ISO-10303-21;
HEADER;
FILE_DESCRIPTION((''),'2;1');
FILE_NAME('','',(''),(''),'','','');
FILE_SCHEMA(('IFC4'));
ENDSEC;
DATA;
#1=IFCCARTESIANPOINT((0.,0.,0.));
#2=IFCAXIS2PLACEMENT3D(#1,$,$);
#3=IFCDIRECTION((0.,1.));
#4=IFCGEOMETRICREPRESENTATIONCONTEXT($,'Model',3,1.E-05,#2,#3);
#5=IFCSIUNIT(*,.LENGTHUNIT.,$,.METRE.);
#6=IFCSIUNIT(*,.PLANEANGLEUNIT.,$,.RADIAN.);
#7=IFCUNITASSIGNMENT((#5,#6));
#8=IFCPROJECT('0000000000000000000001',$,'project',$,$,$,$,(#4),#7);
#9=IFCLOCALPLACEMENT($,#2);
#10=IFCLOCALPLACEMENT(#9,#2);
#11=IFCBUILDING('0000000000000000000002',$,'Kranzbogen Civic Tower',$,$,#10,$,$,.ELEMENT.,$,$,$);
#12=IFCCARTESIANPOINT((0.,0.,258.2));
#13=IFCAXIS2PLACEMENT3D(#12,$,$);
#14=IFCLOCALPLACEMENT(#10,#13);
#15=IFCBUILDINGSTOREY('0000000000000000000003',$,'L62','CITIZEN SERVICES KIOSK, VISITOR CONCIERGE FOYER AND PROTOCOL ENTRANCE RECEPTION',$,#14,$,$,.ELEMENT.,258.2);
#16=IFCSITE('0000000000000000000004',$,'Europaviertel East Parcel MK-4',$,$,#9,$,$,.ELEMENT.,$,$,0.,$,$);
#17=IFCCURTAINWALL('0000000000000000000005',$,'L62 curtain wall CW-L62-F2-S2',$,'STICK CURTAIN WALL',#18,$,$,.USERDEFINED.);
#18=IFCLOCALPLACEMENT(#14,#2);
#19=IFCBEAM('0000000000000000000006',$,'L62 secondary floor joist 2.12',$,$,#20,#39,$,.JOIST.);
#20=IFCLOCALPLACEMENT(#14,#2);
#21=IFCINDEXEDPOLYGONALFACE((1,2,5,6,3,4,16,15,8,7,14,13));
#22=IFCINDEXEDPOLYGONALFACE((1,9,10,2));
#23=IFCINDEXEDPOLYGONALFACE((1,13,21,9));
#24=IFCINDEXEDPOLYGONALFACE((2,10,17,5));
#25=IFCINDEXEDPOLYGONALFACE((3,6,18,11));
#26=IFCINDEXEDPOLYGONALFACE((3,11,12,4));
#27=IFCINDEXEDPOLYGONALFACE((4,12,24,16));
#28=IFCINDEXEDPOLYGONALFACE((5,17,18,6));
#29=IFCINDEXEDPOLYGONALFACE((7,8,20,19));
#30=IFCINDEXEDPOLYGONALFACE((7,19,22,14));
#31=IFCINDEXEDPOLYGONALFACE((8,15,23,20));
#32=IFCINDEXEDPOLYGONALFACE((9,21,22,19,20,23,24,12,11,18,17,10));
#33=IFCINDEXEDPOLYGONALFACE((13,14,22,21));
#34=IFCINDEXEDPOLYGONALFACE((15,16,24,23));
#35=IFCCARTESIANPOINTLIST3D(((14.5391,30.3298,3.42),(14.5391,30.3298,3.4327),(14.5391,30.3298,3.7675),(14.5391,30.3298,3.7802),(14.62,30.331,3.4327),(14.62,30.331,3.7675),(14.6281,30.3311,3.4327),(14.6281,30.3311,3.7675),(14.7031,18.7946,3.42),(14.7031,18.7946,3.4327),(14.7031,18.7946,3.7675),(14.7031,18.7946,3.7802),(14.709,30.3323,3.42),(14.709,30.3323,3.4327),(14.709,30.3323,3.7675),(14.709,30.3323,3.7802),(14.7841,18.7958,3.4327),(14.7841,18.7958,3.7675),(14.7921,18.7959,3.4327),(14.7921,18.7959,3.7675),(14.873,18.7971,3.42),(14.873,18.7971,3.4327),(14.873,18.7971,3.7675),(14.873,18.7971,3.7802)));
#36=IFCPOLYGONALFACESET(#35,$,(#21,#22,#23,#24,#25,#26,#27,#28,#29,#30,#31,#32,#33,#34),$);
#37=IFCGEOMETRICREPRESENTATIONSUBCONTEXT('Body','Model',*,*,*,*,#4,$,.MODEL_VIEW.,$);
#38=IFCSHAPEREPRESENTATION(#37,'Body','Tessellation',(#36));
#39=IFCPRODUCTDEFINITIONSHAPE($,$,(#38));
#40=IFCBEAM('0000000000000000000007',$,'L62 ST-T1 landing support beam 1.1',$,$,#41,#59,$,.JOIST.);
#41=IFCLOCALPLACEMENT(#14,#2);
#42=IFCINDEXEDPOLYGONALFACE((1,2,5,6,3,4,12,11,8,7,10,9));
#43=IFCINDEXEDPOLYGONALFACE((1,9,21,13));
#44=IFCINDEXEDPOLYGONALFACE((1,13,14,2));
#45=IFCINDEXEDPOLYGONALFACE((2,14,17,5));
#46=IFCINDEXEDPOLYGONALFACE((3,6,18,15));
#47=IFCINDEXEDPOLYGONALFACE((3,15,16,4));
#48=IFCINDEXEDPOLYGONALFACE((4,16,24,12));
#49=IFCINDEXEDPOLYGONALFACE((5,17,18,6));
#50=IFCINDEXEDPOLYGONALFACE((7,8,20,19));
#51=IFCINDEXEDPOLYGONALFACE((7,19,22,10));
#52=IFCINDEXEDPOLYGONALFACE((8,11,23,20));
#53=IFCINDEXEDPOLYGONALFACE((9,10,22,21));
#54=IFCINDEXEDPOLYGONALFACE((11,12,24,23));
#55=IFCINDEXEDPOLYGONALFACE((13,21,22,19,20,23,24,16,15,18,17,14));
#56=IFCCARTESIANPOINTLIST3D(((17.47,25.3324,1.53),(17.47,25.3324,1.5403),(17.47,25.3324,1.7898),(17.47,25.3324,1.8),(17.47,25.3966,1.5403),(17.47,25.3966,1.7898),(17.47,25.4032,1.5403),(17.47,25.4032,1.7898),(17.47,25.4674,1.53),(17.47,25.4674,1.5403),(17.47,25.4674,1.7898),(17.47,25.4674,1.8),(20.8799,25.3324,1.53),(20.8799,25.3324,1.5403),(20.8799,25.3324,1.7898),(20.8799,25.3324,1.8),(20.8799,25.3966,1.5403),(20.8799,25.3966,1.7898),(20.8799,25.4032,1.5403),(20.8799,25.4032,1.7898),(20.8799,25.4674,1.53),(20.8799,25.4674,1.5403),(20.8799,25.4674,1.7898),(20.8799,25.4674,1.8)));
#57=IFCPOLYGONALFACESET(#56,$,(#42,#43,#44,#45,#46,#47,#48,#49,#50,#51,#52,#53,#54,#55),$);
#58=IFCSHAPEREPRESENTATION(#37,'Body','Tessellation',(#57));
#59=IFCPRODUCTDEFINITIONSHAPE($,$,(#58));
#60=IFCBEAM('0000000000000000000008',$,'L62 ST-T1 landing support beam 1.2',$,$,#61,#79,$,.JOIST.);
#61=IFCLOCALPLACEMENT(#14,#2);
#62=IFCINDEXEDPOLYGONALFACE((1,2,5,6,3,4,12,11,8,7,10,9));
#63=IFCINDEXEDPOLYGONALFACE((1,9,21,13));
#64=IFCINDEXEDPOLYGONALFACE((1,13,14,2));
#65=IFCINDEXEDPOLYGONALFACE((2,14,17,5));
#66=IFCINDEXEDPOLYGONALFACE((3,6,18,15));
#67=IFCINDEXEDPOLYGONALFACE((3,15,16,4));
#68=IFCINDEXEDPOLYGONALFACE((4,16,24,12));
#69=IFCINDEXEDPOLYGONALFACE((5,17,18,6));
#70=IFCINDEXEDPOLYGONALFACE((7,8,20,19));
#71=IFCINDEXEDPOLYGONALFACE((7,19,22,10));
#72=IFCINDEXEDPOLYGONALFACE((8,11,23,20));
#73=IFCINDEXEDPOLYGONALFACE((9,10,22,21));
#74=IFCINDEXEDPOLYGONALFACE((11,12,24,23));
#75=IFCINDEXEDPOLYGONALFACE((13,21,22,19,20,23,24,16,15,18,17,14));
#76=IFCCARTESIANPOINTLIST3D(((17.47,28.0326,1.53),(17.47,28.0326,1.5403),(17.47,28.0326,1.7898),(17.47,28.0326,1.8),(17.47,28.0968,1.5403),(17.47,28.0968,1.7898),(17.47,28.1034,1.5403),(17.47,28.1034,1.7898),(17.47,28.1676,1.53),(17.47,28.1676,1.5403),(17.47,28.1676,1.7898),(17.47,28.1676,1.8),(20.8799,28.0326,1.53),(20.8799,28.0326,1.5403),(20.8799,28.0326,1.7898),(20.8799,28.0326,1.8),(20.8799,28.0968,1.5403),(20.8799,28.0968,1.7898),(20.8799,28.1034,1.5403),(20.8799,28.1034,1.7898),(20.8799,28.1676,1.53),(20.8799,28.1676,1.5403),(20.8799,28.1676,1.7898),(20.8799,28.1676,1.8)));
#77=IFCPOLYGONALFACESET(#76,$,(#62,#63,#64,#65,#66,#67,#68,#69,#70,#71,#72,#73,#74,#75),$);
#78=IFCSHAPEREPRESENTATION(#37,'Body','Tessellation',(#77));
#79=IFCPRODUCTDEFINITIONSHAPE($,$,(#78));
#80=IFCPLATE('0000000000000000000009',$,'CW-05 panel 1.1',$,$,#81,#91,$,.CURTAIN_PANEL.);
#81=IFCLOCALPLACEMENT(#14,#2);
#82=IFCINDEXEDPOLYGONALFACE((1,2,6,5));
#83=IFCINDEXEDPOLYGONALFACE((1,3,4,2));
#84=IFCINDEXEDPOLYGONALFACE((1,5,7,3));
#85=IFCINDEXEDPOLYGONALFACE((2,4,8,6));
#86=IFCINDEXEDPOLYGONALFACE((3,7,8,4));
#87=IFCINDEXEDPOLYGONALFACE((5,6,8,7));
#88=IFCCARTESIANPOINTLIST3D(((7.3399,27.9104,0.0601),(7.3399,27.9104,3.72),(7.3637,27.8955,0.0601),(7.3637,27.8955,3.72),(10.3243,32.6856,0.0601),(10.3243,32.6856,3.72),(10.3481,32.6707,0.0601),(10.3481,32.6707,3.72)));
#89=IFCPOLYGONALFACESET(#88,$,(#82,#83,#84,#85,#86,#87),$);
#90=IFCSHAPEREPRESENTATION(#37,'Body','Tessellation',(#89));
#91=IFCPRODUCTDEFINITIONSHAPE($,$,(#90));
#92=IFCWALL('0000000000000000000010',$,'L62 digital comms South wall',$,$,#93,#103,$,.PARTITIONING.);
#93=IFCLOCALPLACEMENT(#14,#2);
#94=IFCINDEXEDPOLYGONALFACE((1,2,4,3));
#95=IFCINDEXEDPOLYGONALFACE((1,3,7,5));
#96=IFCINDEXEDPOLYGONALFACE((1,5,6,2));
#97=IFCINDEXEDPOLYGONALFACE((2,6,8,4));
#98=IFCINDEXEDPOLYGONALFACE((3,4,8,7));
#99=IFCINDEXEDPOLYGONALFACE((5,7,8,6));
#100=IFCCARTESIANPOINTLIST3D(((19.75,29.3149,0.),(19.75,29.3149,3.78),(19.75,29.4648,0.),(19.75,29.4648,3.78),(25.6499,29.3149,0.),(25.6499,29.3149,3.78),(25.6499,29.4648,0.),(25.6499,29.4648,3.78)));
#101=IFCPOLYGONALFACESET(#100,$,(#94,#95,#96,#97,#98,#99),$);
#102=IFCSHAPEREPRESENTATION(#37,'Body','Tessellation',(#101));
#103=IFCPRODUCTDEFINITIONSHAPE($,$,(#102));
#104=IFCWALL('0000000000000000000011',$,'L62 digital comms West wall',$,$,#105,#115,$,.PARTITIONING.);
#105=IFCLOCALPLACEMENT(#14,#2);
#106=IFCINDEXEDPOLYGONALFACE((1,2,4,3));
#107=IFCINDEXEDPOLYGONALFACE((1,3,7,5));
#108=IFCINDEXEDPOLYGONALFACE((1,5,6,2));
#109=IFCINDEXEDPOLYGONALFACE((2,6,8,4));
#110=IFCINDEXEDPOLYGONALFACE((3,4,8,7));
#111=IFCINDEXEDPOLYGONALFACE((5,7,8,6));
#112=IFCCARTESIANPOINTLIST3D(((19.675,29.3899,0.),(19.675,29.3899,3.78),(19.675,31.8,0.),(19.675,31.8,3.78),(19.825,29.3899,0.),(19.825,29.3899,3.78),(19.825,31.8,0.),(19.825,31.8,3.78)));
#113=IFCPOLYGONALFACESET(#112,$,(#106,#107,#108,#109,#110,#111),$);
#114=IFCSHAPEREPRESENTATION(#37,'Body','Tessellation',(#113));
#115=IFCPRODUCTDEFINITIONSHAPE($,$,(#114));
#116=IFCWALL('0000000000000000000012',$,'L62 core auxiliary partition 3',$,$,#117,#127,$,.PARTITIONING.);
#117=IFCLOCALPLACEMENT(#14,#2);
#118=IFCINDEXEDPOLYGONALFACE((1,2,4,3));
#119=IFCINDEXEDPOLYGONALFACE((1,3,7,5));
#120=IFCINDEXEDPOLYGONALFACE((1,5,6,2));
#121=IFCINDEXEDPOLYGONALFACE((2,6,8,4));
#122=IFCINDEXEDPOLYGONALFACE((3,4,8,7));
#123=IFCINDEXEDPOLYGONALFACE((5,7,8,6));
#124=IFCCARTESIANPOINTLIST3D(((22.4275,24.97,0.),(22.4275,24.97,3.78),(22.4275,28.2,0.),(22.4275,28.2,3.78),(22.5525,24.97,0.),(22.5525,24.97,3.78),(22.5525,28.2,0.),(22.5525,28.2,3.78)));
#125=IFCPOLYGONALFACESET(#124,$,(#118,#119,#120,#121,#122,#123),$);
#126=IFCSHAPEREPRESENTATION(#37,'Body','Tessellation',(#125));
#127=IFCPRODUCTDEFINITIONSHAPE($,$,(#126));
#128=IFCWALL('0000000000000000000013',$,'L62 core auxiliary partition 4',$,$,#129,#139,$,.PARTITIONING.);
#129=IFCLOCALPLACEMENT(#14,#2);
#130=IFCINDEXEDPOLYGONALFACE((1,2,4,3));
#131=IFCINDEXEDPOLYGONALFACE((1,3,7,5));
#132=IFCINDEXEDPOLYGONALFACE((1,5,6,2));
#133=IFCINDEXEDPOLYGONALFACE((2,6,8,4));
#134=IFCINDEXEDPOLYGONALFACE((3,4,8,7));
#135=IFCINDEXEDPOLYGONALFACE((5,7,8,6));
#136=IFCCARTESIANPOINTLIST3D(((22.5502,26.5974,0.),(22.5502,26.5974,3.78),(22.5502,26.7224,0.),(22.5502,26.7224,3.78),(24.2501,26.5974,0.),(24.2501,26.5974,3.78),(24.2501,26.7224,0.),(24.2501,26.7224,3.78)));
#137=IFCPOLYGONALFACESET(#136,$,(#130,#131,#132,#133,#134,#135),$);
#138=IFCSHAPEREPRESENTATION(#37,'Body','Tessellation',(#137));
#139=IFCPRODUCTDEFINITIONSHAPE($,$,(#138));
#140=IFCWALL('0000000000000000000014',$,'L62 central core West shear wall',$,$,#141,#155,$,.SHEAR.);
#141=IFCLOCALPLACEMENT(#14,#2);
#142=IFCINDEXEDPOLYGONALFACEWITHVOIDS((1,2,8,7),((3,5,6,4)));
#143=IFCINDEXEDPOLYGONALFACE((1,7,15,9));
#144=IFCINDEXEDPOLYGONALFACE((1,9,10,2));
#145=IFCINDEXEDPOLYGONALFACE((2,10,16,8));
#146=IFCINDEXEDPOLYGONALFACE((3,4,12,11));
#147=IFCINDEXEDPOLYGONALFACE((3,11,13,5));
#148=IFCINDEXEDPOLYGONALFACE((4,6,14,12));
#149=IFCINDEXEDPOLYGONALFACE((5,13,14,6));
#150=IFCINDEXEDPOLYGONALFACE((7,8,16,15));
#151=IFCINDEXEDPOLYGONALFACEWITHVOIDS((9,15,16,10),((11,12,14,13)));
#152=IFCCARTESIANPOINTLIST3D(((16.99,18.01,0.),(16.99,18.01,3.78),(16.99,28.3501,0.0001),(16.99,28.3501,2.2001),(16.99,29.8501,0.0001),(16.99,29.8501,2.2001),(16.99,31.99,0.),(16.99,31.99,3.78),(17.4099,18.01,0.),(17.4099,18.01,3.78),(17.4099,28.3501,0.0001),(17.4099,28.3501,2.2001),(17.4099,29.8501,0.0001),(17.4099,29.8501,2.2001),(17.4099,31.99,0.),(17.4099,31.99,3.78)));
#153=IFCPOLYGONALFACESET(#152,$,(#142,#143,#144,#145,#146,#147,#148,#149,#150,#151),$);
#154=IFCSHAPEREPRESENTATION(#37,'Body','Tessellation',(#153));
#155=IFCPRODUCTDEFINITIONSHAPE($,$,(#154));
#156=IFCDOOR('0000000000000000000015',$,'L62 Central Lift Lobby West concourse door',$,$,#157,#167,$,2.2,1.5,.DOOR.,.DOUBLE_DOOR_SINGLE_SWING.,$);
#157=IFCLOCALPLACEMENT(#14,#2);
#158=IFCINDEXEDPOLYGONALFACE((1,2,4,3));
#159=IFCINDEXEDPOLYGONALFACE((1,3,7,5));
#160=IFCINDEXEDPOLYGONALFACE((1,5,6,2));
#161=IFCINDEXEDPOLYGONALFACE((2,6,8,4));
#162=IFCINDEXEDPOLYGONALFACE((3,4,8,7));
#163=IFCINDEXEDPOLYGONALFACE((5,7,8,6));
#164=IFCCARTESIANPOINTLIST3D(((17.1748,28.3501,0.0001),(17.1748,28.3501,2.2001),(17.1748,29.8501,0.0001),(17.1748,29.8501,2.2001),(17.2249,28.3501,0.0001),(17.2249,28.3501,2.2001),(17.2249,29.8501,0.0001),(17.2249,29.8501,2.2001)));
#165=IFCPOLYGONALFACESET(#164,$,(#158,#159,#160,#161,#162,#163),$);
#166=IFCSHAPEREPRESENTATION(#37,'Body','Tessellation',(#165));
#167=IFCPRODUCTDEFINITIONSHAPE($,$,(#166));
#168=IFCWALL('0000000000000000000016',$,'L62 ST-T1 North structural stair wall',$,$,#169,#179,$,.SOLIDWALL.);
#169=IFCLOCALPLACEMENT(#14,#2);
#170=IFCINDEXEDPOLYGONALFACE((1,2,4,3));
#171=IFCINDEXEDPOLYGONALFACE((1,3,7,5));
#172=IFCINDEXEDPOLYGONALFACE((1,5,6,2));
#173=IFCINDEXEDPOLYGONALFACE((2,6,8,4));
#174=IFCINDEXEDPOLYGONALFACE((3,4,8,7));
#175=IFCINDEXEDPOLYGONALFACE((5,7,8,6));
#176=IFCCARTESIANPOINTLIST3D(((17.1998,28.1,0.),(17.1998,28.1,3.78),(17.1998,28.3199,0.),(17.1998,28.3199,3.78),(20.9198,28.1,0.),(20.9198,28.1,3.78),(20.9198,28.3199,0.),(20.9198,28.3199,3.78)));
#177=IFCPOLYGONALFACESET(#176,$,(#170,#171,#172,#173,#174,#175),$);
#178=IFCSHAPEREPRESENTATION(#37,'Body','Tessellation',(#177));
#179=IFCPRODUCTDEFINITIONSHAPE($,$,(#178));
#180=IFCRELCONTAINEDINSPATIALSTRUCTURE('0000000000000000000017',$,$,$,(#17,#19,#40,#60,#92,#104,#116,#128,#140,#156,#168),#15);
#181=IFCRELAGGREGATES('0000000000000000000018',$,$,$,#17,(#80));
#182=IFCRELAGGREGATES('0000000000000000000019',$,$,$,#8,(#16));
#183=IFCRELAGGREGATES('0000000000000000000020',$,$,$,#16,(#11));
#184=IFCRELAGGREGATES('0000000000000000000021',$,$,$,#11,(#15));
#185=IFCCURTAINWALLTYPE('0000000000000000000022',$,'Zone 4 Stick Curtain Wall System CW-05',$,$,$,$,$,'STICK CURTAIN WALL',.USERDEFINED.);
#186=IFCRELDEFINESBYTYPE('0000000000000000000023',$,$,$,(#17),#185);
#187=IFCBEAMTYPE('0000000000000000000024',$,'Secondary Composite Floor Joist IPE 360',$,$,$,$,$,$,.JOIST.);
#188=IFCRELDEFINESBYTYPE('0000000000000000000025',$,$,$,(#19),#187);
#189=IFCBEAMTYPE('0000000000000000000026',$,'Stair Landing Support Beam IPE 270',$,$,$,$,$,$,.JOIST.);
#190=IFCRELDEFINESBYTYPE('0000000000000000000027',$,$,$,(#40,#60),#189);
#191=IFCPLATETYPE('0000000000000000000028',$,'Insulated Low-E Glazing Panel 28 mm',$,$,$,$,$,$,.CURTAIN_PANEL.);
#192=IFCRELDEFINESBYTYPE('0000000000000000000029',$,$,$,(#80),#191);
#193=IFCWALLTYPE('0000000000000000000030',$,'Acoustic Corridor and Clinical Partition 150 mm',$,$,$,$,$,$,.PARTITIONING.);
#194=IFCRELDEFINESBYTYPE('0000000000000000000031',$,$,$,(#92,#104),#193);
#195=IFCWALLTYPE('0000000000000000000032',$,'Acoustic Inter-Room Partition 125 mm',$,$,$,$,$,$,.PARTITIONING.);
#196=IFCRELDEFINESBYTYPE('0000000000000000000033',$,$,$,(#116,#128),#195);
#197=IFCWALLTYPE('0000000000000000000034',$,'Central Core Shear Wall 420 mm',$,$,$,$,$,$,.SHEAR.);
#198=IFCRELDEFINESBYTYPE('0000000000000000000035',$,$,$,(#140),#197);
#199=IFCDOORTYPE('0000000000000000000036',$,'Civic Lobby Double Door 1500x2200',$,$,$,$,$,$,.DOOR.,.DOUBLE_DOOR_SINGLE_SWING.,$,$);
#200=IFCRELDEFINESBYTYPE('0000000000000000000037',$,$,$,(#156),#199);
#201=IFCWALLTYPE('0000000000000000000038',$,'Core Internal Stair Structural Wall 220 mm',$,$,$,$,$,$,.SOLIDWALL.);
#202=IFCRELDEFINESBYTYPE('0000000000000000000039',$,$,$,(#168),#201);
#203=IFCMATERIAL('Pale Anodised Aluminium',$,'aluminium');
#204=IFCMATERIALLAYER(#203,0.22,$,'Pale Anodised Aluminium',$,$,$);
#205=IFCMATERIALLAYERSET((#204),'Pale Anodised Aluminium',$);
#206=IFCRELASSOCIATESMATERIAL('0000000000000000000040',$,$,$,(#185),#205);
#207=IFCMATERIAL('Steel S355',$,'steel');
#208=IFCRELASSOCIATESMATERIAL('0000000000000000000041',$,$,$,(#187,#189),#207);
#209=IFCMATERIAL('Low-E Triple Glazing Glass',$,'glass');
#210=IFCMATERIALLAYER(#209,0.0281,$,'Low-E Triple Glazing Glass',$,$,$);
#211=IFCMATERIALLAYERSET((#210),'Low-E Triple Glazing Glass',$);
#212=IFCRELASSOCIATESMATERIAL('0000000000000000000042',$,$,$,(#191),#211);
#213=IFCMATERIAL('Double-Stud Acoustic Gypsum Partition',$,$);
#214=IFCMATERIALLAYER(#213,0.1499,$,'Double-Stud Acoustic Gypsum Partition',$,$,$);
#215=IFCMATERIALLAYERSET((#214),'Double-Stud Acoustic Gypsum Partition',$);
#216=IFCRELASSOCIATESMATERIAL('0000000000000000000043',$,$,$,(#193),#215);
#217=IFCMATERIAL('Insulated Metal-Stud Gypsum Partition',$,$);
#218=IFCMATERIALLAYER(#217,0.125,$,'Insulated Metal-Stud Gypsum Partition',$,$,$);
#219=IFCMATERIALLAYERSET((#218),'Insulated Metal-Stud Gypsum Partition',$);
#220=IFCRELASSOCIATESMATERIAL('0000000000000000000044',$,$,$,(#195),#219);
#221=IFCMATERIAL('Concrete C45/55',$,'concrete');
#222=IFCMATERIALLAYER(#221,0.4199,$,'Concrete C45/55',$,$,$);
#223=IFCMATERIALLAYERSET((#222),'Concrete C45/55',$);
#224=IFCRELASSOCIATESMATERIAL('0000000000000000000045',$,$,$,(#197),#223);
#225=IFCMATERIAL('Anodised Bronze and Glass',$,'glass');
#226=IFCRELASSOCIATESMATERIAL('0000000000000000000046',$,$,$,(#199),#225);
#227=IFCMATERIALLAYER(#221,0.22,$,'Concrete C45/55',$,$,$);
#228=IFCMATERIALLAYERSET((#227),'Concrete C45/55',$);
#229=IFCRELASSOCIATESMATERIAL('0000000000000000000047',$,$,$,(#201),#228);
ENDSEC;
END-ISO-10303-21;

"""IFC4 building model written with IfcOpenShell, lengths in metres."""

from ifc_helpers import new_model, si_unit, direction, frame, frame_2d, origin, origin_2d, place, context, subcontext, project, spatial, rectangle, i_section, extrude, material, layer, layer_set, material_profile, profile_set, type_object, element, fill, aggregate, save


model = new_model("IFC4")

# Units and contexts
model_context = context("Model", 3, precision=1e-05, world=origin(), true_north=direction((0.0, 1.0)))
body_context = subcontext(model_context, "Body", "Model", "MODEL_VIEW")
ifc_project = project(units=[si_unit("LENGTHUNIT", "METRE"), si_unit("PLANEANGLEUNIT", "RADIAN")], contexts=[model_context])

# Site, building, storey
site_placement = place(None, origin())
site = spatial("IfcSite", under=ifc_project, at=site_placement, Name="Europaviertel East Parcel MK-4", CompositionType="ELEMENT", RefElevation=0.0)
building_placement = place(site_placement, origin())
building = spatial("IfcBuilding", under=site, at=building_placement, Name="Kranzbogen Civic Tower", CompositionType="ELEMENT")
storey_placement = place(building_placement, frame((0.0, 0.0, 258.2)))
storey = spatial("IfcBuildingStorey", under=building, at=storey_placement, Name="L62", Description="CITIZEN SERVICES KIOSK, VISITOR CONCIERGE FOYER AND PROTOCOL ENTRANCE RECEPTION", CompositionType="ELEMENT", Elevation=258.2)

# Shared definitions
ifc_material_1 = material(Name="Steel S355", Category="steel")

# Curtain wall
ifc_material_2 = material(Name="Pale Anodised Aluminium", Category="aluminium")
ifc_layer_1 = layer(ifc_material_2, 0.22, Name="Pale Anodised Aluminium")
ifc_layer_set_1 = layer_set([ifc_layer_1], Name="Pale Anodised Aluminium")
curtain_wall_type = type_object("IfcCurtainWallType", Name="Zone 4 Stick Curtain Wall System CW-05", ElementType="STICK CURTAIN WALL", PredefinedType="USERDEFINED", material=ifc_layer_set_1)
curtain_wall_1_placement = place(storey_placement, origin())
curtain_wall_1 = element("IfcCurtainWall", 1, at=curtain_wall_1_placement, inside=storey, type_object=curtain_wall_type, Name="L62 curtain wall CW-L62-F2-S2", ObjectType="STICK CURTAIN WALL", PredefinedType="USERDEFINED")

# Beams
ifc_material_profile_1 = material_profile(ifc_material_1, i_section(OverallWidth=0.1699, OverallDepth=0.3601, WebThickness=0.0081, FlangeThickness=0.0127, at=origin_2d()), Name="IPE 360")
ifc_profile_set_1 = profile_set([ifc_material_profile_1], Name="Steel S355")
beam_type_1 = type_object("IfcBeamType", Name="Secondary Composite Floor Joist IPE 360", PredefinedType="JOIST", material=ifc_profile_set_1)
beam_1_placement = place(storey_placement, frame((14.624, 30.3311, 3.6001), z_axis=(0.014221, -0.999899, 0.0), x_axis=(0.999899, 0.014221, 0.0)))
element("IfcBeam", 2, at=beam_1_placement, inside=storey, type_object=beam_type_1, Name="L62 secondary floor joist 2.12", PredefinedType="JOIST", context=body_context, shape_type="SweptSolid", body=[
    extrude(i_section(OverallWidth=0.1699, OverallDepth=0.3601, WebThickness=0.0081, FlangeThickness=0.0127, at=origin_2d()), origin(), (0.0, 0.0, 1.0), 11.5364),
])
ifc_material_profile_2 = material_profile(ifc_material_1, i_section(OverallWidth=0.135, OverallDepth=0.27, WebThickness=0.0066, FlangeThickness=0.0103, at=origin_2d()), Name="IPE 270")
ifc_profile_set_2 = profile_set([ifc_material_profile_2], Name="Steel S355")
beam_type_2 = type_object("IfcBeamType", Name="Stair Landing Support Beam IPE 270", PredefinedType="JOIST", material=ifc_profile_set_2)
for number, where, z_axis, x_axis, name in (
    (3, (20.8799, 25.3999, 1.665), (-1.0, 0.0, 0.0), (0.0, -1.0, 0.0), "L62 ST-T1 landing support beam 1.1"),
    (4, (20.8799, 28.1001, 1.665), (-1.0, 0.0, 0.0), (0.0, -1.0, 0.0), "L62 ST-T1 landing support beam 1.2"),
):
    element("IfcBeam", number, at=place(storey_placement, frame(where, z_axis=z_axis, x_axis=x_axis)), inside=storey, type_object=beam_type_2, Name=name, PredefinedType="JOIST", context=body_context, shape_type="SweptSolid", body=[
        extrude(i_section(OverallWidth=0.135, OverallDepth=0.27, WebThickness=0.0066, FlangeThickness=0.0103, at=origin_2d()), origin(), (0.0, 0.0, 1.0), 3.4099),
    ])

# Plate
ifc_material_3 = material(Name="Low-E Triple Glazing Glass", Category="glass")
ifc_layer_2 = layer(ifc_material_3, 0.0281, Name="Low-E Triple Glazing Glass")
ifc_layer_set_2 = layer_set([ifc_layer_2], Name="Low-E Triple Glazing Glass")
plate_type = type_object("IfcPlateType", Name="Insulated Low-E Glazing Panel 28 mm", PredefinedType="CURTAIN_PANEL", material=ifc_layer_set_2)
plate_placement = place(storey_placement, frame((8.844, 30.2905, 0.0601), z_axis=(0.0, 0.0, 1.0), x_axis=(-0.529983, -0.848008, 0.0)))
plate = element("IfcPlate", 5, at=plate_placement, type_object=plate_type, Name="CW-05 panel 1.1", PredefinedType="CURTAIN_PANEL", context=body_context, shape_type="SweptSolid", body=[
    extrude(rectangle(XDim=5.6311, YDim=0.0281, at=origin_2d()), origin(), (0.0, 0.0, 1.0), 3.6599),
])
aggregate(curtain_wall_1, [plate])

# Walls
ifc_material_4 = material(Name="Double-Stud Acoustic Gypsum Partition")
ifc_layer_3 = layer(ifc_material_4, 0.1499, Name="Double-Stud Acoustic Gypsum Partition")
ifc_layer_set_3 = layer_set([ifc_layer_3], Name="Double-Stud Acoustic Gypsum Partition")
wall_type_1 = type_object("IfcWallType", Name="Acoustic Corridor and Clinical Partition 150 mm", PredefinedType="PARTITIONING", material=ifc_layer_set_3)
wall_1_placement = place(storey_placement, frame((19.75, 29.3899, 0.0), z_axis=(0.0, 0.0, 1.0), x_axis=(1.0, 0.0, 0.0)))
element("IfcWall", 6, at=wall_1_placement, inside=storey, type_object=wall_type_1, Name="L62 digital comms South wall", PredefinedType="PARTITIONING", context=body_context, shape_type="SweptSolid", body=[
    extrude(rectangle(XDim=5.8999, YDim=0.1499, at=frame_2d((2.95, 0.0))), origin(), (0.0, 0.0, 1.0), 3.78),
])
wall_2_placement = place(storey_placement, frame((19.75, 29.3899, 0.0), z_axis=(0.0, 0.0, 1.0), x_axis=(0.0, 1.0, 0.0)))
element("IfcWall", 7, at=wall_2_placement, inside=storey, type_object=wall_type_1, Name="L62 digital comms West wall", PredefinedType="PARTITIONING", context=body_context, shape_type="SweptSolid", body=[
    extrude(rectangle(XDim=2.4102, YDim=0.1499, at=frame_2d((1.2051, 0.0))), origin(), (0.0, 0.0, 1.0), 3.78),
])

# Shared definitions
ifc_material_5 = material(Name="Insulated Metal-Stud Gypsum Partition")
ifc_layer_4 = layer(ifc_material_5, 0.125, Name="Insulated Metal-Stud Gypsum Partition")
ifc_layer_set_4 = layer_set([ifc_layer_4], Name="Insulated Metal-Stud Gypsum Partition")
wall_type_2 = type_object("IfcWallType", Name="Acoustic Inter-Room Partition 125 mm", PredefinedType="PARTITIONING", material=ifc_layer_set_4)

# Walls
wall_3_placement = place(storey_placement, frame((22.49, 24.97, 0.0), z_axis=(0.0, 0.0, 1.0), x_axis=(0.0, 1.0, 0.0)))
element("IfcWall", 8, at=wall_3_placement, inside=storey, type_object=wall_type_2, Name="L62 core auxiliary partition 3", PredefinedType="PARTITIONING", context=body_context, shape_type="SweptSolid", body=[
    extrude(rectangle(XDim=3.23, YDim=0.125, at=frame_2d((1.615, 0.0))), origin(), (0.0, 0.0, 1.0), 3.78),
])
wall_4_placement = place(storey_placement, frame((22.55, 26.6599, 0.0), z_axis=(0.0, 0.0, 1.0), x_axis=(1.0, 0.0, 0.0)))
element("IfcWall", 9, at=wall_4_placement, inside=storey, type_object=wall_type_2, Name="L62 core auxiliary partition 4", PredefinedType="PARTITIONING", context=body_context, shape_type="SweptSolid", body=[
    extrude(rectangle(XDim=1.7, YDim=0.125, at=frame_2d((0.8501, 0.0))), origin(), (0.0, 0.0, 1.0), 3.78),
])

# Wall, opening, door
ifc_material_6 = material(Name="Concrete C45/55", Category="concrete")
ifc_layer_5 = layer(ifc_material_6, 0.4199, Name="Concrete C45/55")
ifc_layer_set_5 = layer_set([ifc_layer_5], Name="Concrete C45/55")
wall_type_3 = type_object("IfcWallType", Name="Central Core Shear Wall 420 mm", PredefinedType="SHEAR", material=ifc_layer_set_5)
wall_5_placement = place(storey_placement, frame((17.2, 31.99, 0.0), z_axis=(0.0, 0.0, 1.0), x_axis=(0.0, -1.0, 0.0)))
wall_5 = element("IfcWall", 10, at=wall_5_placement, inside=storey, type_object=wall_type_3, Name="L62 central core West shear wall", PredefinedType="SHEAR", context=body_context, shape_type="SweptSolid", body=[
    extrude(rectangle(XDim=13.98, YDim=0.4199, at=frame_2d((6.99, 0.0))), origin(), (0.0, 0.0, 1.0), 3.78),
])
opening_1_placement = place(wall_5_placement, frame((2.1399, 0.0, 0.0)))
opening_1 = element("IfcOpeningElement", 11, at=opening_1_placement, cuts=wall_5, PredefinedType="OPENING", context=body_context, shape_type="SweptSolid", body=[
    extrude(rectangle(XDim=1.5, YDim=2.2, at=frame_2d((0.75, 1.1001))), frame((0.0, 0.22, 0.0), z_axis=(0.0, -1.0, 0.0), x_axis=(1.0, 0.0, 0.0)), (0.0, 0.0, 1.0), 0.4399),
])
ifc_material_7 = material(Name="Anodised Bronze and Glass", Category="glass")
door_type_1 = type_object("IfcDoorType", Name="Civic Lobby Double Door 1500x2200", OperationType="DOUBLE_DOOR_SINGLE_SWING", PredefinedType="DOOR", material=ifc_material_7)
door_1_placement = place(opening_1_placement, origin())
door_1 = element("IfcDoor", 12, at=door_1_placement, inside=storey, type_object=door_type_1, Name="L62 Central Lift Lobby West concourse door", OperationType="DOUBLE_DOOR_SINGLE_SWING", OverallHeight=2.2, OverallWidth=1.5, PredefinedType="DOOR", context=body_context, shape_type="SweptSolid", body=[
    extrude(rectangle(XDim=1.5, YDim=2.2, at=frame_2d((0.75, 1.1001))), frame((0.0, 0.0249, 0.0), z_axis=(0.0, -1.0, 0.0), x_axis=(1.0, 0.0, 0.0)), (0.0, 0.0, 1.0), 0.05),
])
fill(opening_1, door_1)

# Wall
ifc_layer_6 = layer(ifc_material_6, 0.22, Name="Concrete C45/55")
ifc_layer_set_6 = layer_set([ifc_layer_6], Name="Concrete C45/55")
wall_type_4 = type_object("IfcWallType", Name="Core Internal Stair Structural Wall 220 mm", PredefinedType="SOLIDWALL", material=ifc_layer_set_6)
wall_6_placement = place(storey_placement, frame((17.2, 28.21, 0.0), z_axis=(0.0, 0.0, 1.0), x_axis=(1.0, 0.0, 0.0)))
element("IfcWall", 13, at=wall_6_placement, inside=storey, type_object=wall_type_4, Name="L62 ST-T1 North structural stair wall", PredefinedType="SOLIDWALL", context=body_context, shape_type="SweptSolid", body=[
    extrude(rectangle(XDim=3.72, YDim=0.22, at=frame_2d((1.8599, 0.0))), origin(), (0.0, 0.0, 1.0), 3.78),
])

save(model, "model.ifc")
